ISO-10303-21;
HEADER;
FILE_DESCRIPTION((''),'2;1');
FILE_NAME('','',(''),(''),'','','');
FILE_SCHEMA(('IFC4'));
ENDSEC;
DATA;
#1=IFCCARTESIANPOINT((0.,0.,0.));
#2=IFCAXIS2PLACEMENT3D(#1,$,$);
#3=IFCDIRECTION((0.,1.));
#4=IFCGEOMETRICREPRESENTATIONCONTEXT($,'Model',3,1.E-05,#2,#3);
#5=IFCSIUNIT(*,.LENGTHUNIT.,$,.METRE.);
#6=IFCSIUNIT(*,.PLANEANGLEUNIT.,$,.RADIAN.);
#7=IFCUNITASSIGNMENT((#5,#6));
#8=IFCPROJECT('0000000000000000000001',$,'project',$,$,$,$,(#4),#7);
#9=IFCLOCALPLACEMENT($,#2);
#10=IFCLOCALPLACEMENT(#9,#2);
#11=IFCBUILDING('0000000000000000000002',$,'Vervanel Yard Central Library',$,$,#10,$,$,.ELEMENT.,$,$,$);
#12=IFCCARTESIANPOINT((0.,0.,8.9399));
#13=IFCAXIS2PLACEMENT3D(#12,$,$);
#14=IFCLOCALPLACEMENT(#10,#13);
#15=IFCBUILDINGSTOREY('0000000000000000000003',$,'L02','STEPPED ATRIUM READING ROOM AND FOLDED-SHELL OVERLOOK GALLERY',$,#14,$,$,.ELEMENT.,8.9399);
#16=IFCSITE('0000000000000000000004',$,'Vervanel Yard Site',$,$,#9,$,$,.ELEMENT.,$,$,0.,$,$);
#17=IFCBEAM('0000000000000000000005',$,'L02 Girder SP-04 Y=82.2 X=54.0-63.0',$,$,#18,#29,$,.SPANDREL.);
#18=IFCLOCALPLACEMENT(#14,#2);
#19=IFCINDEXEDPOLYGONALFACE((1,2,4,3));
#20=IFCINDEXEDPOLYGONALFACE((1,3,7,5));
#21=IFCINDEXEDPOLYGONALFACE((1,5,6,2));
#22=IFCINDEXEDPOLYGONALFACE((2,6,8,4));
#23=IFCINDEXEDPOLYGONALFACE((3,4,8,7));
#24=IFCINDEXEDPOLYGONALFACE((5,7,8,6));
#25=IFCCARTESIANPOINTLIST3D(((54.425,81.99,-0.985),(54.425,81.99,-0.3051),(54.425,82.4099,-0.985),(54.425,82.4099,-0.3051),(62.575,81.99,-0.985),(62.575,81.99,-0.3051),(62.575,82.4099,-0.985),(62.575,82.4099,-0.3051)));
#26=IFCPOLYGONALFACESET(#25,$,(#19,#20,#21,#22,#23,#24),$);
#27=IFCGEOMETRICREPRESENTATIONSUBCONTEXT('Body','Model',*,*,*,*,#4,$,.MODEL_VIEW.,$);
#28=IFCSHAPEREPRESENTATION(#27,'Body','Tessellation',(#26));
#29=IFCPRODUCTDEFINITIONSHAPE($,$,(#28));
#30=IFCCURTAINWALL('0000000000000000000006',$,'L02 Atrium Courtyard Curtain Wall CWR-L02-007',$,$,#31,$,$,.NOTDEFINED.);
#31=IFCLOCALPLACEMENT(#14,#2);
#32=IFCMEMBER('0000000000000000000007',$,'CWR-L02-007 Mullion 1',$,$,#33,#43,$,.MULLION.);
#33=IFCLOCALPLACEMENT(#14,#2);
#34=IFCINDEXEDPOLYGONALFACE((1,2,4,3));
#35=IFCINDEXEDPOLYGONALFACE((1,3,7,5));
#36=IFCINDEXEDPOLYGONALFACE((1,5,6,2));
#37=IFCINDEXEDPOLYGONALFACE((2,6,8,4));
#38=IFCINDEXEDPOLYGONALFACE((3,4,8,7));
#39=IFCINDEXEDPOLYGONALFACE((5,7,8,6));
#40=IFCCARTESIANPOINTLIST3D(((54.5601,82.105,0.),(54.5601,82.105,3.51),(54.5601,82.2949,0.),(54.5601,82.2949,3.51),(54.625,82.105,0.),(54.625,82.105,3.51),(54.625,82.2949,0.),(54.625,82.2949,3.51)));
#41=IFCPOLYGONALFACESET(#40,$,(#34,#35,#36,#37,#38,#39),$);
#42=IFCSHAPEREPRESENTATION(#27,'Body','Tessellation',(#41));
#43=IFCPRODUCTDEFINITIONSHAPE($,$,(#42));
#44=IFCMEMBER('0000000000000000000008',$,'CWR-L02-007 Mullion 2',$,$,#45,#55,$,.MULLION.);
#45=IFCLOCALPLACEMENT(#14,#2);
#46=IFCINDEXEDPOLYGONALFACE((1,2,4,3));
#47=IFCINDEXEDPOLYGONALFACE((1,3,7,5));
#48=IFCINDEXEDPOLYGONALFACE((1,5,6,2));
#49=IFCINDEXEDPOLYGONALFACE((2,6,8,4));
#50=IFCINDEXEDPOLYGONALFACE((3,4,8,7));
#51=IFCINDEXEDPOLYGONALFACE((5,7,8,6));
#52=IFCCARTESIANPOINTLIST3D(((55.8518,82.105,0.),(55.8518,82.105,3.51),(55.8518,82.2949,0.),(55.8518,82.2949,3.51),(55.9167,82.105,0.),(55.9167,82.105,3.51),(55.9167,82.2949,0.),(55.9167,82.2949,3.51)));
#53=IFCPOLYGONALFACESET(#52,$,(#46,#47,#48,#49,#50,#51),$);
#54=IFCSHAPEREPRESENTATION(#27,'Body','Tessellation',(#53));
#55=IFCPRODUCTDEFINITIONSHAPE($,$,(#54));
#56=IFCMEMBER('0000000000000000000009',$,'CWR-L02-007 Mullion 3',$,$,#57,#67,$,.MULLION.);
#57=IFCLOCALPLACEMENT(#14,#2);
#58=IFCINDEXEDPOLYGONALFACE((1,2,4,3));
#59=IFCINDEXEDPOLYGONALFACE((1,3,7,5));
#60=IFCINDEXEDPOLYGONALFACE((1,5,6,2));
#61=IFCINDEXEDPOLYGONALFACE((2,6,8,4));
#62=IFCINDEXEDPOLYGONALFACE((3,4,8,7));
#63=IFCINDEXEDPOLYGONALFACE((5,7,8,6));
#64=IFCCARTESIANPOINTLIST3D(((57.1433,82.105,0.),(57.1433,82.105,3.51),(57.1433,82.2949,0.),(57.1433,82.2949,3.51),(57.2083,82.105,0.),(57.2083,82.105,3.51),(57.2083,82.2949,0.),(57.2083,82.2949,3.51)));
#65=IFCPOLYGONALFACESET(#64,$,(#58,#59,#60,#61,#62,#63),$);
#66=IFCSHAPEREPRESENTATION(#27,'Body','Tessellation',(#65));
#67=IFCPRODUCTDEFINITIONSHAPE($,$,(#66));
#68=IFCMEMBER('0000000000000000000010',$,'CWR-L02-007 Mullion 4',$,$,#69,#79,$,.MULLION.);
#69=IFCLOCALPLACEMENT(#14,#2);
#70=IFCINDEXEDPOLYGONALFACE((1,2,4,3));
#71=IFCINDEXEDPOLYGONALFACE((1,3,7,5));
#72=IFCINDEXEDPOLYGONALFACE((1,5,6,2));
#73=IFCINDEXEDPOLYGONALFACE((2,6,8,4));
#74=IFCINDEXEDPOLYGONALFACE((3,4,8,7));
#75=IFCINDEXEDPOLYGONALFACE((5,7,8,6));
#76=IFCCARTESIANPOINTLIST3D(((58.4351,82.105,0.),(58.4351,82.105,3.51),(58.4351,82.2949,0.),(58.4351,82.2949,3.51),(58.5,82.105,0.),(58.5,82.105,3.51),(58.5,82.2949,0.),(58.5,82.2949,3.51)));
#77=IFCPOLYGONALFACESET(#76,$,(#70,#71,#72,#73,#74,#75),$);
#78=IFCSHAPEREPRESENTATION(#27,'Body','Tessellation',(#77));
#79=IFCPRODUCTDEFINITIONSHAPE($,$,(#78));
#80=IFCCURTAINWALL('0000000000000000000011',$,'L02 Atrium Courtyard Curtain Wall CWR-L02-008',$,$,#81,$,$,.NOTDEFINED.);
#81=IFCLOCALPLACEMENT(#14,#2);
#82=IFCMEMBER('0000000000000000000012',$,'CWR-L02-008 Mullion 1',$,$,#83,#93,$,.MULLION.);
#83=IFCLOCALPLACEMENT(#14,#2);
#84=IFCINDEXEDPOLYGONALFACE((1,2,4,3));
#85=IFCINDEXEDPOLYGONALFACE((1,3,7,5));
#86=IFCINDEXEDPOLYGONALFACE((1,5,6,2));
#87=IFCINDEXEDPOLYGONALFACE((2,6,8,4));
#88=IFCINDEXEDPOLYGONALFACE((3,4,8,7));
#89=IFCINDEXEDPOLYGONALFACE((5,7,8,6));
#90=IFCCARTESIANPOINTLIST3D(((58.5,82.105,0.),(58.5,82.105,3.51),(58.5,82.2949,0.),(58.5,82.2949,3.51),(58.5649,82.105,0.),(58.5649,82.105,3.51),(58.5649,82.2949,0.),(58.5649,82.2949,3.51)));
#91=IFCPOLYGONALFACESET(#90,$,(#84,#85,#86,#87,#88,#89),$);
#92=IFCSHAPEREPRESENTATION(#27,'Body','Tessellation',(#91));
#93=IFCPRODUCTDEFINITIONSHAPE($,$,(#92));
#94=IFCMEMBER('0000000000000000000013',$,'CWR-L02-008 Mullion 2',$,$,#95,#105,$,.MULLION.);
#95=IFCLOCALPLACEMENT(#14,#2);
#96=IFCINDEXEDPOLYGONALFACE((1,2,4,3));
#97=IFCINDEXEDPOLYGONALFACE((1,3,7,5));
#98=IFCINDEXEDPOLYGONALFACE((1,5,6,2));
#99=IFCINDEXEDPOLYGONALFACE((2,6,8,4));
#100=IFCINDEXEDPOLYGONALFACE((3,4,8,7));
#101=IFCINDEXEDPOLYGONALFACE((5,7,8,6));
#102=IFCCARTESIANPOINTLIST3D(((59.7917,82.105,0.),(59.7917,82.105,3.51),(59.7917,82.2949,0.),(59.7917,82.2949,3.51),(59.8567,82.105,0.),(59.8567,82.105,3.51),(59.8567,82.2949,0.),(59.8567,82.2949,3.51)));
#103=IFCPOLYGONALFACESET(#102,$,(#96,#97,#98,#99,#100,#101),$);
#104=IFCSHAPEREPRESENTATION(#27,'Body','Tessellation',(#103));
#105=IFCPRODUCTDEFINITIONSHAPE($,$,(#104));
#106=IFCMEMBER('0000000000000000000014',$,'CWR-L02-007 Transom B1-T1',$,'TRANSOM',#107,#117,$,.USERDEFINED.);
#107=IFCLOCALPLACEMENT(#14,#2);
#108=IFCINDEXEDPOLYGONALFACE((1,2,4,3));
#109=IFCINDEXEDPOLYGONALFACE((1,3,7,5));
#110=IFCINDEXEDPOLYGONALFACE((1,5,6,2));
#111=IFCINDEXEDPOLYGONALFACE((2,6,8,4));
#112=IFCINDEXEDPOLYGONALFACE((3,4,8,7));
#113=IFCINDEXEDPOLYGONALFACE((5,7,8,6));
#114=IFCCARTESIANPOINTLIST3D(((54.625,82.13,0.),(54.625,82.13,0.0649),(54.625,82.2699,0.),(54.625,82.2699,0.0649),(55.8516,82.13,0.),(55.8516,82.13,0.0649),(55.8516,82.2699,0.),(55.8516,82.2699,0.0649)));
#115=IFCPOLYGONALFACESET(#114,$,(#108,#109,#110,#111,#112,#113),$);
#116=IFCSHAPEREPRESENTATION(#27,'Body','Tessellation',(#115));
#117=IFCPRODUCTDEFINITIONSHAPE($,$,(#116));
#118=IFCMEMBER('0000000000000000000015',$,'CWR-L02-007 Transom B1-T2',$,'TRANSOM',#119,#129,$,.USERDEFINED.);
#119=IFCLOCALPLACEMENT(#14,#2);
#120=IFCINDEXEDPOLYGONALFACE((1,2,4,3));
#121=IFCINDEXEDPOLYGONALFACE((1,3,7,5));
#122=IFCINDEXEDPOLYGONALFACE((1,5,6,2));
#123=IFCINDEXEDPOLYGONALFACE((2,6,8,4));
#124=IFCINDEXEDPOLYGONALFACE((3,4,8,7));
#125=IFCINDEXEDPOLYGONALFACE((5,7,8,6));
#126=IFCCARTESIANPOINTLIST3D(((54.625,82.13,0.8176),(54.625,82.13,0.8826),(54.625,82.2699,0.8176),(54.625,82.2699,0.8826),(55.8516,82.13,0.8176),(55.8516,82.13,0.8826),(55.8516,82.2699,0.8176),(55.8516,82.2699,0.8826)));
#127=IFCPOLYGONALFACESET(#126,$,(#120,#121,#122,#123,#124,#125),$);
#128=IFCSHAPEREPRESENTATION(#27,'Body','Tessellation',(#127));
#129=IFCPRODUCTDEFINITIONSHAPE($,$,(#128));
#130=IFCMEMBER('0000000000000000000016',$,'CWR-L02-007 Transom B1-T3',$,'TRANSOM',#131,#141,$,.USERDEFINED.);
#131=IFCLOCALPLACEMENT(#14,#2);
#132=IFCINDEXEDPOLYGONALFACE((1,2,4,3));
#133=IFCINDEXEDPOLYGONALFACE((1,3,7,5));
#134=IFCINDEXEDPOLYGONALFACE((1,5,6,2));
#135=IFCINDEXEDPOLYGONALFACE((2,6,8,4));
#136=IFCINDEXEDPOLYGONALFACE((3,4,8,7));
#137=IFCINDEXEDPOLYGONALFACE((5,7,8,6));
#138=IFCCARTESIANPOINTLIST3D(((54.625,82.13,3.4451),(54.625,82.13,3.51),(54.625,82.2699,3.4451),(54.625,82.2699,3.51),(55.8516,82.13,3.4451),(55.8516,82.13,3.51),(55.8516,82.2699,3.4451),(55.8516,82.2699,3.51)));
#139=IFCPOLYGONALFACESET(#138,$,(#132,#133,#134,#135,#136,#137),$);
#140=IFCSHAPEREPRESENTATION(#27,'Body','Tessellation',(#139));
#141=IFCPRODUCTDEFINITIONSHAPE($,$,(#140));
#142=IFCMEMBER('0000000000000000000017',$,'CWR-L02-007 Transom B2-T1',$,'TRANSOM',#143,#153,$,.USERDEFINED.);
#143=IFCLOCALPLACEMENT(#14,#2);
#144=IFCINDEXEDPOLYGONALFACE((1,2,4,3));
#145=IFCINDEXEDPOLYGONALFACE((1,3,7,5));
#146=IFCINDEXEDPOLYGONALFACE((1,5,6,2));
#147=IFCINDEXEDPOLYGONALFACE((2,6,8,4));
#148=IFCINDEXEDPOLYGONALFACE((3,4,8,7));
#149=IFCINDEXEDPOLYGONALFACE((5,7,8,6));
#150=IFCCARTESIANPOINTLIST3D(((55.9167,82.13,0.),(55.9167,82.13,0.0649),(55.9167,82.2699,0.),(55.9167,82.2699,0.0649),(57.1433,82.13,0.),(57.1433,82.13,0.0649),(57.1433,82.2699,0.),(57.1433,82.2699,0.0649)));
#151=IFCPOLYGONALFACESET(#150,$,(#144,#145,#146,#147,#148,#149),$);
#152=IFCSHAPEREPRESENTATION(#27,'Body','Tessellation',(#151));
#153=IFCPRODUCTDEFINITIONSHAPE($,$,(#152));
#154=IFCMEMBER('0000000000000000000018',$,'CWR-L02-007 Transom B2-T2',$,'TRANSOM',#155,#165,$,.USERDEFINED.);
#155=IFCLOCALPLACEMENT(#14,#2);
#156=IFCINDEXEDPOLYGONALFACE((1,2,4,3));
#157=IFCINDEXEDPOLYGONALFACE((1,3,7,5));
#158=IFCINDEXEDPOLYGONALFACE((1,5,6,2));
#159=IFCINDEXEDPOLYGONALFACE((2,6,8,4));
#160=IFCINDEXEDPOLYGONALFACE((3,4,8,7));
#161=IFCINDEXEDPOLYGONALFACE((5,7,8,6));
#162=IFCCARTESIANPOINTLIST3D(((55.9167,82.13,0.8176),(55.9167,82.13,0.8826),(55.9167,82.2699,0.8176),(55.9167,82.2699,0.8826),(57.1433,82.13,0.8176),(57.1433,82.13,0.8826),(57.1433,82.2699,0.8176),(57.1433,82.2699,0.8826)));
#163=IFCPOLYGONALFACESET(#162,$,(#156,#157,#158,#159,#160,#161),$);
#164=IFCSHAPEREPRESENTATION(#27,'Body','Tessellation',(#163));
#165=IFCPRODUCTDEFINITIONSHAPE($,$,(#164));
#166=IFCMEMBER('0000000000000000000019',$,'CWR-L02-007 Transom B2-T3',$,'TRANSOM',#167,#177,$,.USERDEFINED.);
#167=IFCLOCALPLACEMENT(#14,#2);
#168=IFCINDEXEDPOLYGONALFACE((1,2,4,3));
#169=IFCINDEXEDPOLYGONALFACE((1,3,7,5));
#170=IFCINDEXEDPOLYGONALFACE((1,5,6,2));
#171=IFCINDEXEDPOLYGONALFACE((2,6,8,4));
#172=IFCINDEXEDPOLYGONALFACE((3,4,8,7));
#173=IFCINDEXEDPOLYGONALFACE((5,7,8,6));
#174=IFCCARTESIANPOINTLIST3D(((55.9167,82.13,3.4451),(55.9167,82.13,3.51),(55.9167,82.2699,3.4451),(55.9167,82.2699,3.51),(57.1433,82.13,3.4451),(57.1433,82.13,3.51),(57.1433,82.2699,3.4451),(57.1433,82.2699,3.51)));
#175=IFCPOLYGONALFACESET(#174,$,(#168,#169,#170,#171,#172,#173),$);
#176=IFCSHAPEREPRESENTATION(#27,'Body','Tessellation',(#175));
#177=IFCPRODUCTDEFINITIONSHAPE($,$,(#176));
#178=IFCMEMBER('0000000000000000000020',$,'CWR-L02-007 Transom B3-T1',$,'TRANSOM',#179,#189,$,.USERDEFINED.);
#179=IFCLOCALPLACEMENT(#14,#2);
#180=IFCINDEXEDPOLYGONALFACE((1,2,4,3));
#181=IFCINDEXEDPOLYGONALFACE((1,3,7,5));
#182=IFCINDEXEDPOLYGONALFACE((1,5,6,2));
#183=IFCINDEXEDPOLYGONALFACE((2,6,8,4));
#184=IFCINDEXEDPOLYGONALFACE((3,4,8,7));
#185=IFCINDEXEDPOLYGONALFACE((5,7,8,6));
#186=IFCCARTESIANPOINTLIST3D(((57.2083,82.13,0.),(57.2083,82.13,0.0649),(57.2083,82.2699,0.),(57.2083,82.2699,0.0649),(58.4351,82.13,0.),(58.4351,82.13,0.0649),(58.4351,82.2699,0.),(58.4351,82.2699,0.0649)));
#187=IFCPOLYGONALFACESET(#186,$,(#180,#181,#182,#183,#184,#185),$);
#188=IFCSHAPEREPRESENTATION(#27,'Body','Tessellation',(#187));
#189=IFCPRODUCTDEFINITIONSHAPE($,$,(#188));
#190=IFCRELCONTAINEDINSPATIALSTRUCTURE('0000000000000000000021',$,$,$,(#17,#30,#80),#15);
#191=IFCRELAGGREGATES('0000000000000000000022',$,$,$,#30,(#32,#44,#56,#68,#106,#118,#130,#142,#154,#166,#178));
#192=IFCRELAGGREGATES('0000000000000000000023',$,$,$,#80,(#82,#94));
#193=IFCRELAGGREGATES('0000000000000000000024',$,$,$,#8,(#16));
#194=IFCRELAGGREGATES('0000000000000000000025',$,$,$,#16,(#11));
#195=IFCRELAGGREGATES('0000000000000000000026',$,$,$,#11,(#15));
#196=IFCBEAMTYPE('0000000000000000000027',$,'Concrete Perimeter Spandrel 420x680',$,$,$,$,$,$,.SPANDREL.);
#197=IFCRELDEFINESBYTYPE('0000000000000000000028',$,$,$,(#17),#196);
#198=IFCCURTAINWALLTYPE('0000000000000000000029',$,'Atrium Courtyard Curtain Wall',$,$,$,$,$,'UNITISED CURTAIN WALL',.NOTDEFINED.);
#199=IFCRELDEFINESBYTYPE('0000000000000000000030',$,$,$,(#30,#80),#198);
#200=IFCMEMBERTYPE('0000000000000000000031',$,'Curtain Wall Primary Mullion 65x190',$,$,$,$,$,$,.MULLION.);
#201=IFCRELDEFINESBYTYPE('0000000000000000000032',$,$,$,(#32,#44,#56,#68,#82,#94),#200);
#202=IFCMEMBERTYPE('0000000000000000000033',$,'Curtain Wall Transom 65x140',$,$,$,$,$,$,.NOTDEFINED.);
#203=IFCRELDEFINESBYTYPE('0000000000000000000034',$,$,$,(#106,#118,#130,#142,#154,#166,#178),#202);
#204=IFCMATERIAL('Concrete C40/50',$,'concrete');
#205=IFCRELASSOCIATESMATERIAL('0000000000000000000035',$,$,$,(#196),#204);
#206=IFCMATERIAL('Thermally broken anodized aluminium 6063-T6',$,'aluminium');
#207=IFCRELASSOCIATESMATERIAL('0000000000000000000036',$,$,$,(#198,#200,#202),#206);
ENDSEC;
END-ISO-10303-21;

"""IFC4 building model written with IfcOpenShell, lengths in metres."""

from ifc_helpers import new_model, si_unit, direction, frame, origin, origin_2d, place, context, subcontext, project, spatial, rectangle, extrude, material, material_profile, profile_set, type_object, element, aggregate, save


model = new_model("IFC4")

# Units and contexts
model_context = context("Model", 3, precision=1e-05, world=origin(), true_north=direction((0.0, 1.0)))
body_context = subcontext(model_context, "Body", "Model", "MODEL_VIEW")
ifc_project = project(units=[si_unit("LENGTHUNIT", "METRE"), si_unit("PLANEANGLEUNIT", "RADIAN")], contexts=[model_context])

# Site, building, storey
site_placement = place(None, origin())
site = spatial("IfcSite", under=ifc_project, at=site_placement, Name="Vervanel Yard Site", CompositionType="ELEMENT", RefElevation=0.0)
building_placement = place(site_placement, origin())
building = spatial("IfcBuilding", under=site, at=building_placement, Name="Vervanel Yard Central Library", CompositionType="ELEMENT")
storey_placement = place(building_placement, frame((0.0, 0.0, 8.9399)))
storey = spatial("IfcBuildingStorey", under=building, at=storey_placement, Name="L02", Description="STEPPED ATRIUM READING ROOM AND FOLDED-SHELL OVERLOOK GALLERY", CompositionType="ELEMENT", Elevation=8.9399)

# Beam
ifc_material_1 = material(Name="Concrete C40/50", Category="concrete")
ifc_material_profile_1 = material_profile(ifc_material_1, rectangle(XDim=0.4199, YDim=0.6799, at=origin_2d()), Name="RC 420x680", Category="concrete")
ifc_profile_set_1 = profile_set([ifc_material_profile_1], Name="Concrete C40/50")
beam_type = type_object("IfcBeamType", Name="Concrete Perimeter Spandrel 420x680", PredefinedType="SPANDREL", material=ifc_profile_set_1)
beam_placement = place(storey_placement, frame((54.425, 82.2, -0.645), z_axis=(1.0, 0.0, 0.0), x_axis=(0.0, 1.0, 0.0)))
element("IfcBeam", 1, at=beam_placement, inside=storey, type_object=beam_type, Name="L02 Girder SP-04 Y=82.2 X=54.0-63.0", PredefinedType="SPANDREL", context=body_context, shape_type="SweptSolid", body=[
    extrude(rectangle(XDim=0.4199, YDim=0.6799, at=origin_2d()), origin(), (0.0, 0.0, 1.0), 8.1499),
])

# Curtain walls, members
ifc_material_2 = material(Name="Thermally broken anodized aluminium 6063-T6", Category="aluminium")
curtain_wall_type = type_object("IfcCurtainWallType", Name="Atrium Courtyard Curtain Wall", ElementType="UNITISED CURTAIN WALL", PredefinedType="NOTDEFINED", material=ifc_material_2)
curtain_wall_1_placement = place(storey_placement, origin())
curtain_wall_1 = element("IfcCurtainWall", 2, at=curtain_wall_1_placement, inside=storey, type_object=curtain_wall_type, Name="L02 Atrium Courtyard Curtain Wall CWR-L02-007", PredefinedType="NOTDEFINED")
ifc_material_profile_2 = material_profile(ifc_material_2, rectangle(XDim=0.0649, YDim=0.1899, at=origin_2d()), Name="ALU 65x190", Category="aluminium")
ifc_profile_set_2 = profile_set([ifc_material_profile_2], Name="Thermally broken anodized aluminium 6063-T6")
member_type_1 = type_object("IfcMemberType", Name="Curtain Wall Primary Mullion 65x190", PredefinedType="MULLION", material=ifc_profile_set_2)
member_1_placement = place(storey_placement, frame((54.5925, 82.2, 0.0), z_axis=(0.0, 0.0, 1.0), x_axis=(1.0, 0.0, 0.0)))
member_1 = element("IfcMember", 3, at=member_1_placement, type_object=member_type_1, Name="CWR-L02-007 Mullion 1", PredefinedType="MULLION", context=body_context, shape_type="SweptSolid", body=[
    extrude(rectangle(XDim=0.0649, YDim=0.1899, at=origin_2d()), origin(), (0.0, 0.0, 1.0), 3.51),
])
member_2_placement = place(storey_placement, frame((55.8843, 82.2, 0.0), z_axis=(0.0, 0.0, 1.0), x_axis=(1.0, 0.0, 0.0)))
member_2 = element("IfcMember", 4, at=member_2_placement, type_object=member_type_1, Name="CWR-L02-007 Mullion 2", PredefinedType="MULLION", context=body_context, shape_type="SweptSolid", body=[
    extrude(rectangle(XDim=0.0649, YDim=0.1899, at=origin_2d()), origin(), (0.0, 0.0, 1.0), 3.51),
])
member_3_placement = place(storey_placement, frame((57.1758, 82.2, 0.0), z_axis=(0.0, 0.0, 1.0), x_axis=(1.0, 0.0, 0.0)))
member_3 = element("IfcMember", 5, at=member_3_placement, type_object=member_type_1, Name="CWR-L02-007 Mullion 3", PredefinedType="MULLION", context=body_context, shape_type="SweptSolid", body=[
    extrude(rectangle(XDim=0.0649, YDim=0.1899, at=origin_2d()), origin(), (0.0, 0.0, 1.0), 3.51),
])
member_4_placement = place(storey_placement, frame((58.4675, 82.2, 0.0), z_axis=(0.0, 0.0, 1.0), x_axis=(1.0, 0.0, 0.0)))
member_4 = element("IfcMember", 6, at=member_4_placement, type_object=member_type_1, Name="CWR-L02-007 Mullion 4", PredefinedType="MULLION", context=body_context, shape_type="SweptSolid", body=[
    extrude(rectangle(XDim=0.0649, YDim=0.1899, at=origin_2d()), origin(), (0.0, 0.0, 1.0), 3.51),
])
curtain_wall_2_placement = place(storey_placement, origin())
curtain_wall_2 = element("IfcCurtainWall", 7, at=curtain_wall_2_placement, inside=storey, type_object=curtain_wall_type, Name="L02 Atrium Courtyard Curtain Wall CWR-L02-008", PredefinedType="NOTDEFINED")
member_5_placement = place(storey_placement, frame((58.5325, 82.2, 0.0), z_axis=(0.0, 0.0, 1.0), x_axis=(1.0, 0.0, 0.0)))
member_5 = element("IfcMember", 8, at=member_5_placement, type_object=member_type_1, Name="CWR-L02-008 Mullion 1", PredefinedType="MULLION", context=body_context, shape_type="SweptSolid", body=[
    extrude(rectangle(XDim=0.0649, YDim=0.1899, at=origin_2d()), origin(), (0.0, 0.0, 1.0), 3.51),
])
member_6_placement = place(storey_placement, frame((59.8242, 82.2, 0.0), z_axis=(0.0, 0.0, 1.0), x_axis=(1.0, 0.0, 0.0)))
member_6 = element("IfcMember", 9, at=member_6_placement, type_object=member_type_1, Name="CWR-L02-008 Mullion 2", PredefinedType="MULLION", context=body_context, shape_type="SweptSolid", body=[
    extrude(rectangle(XDim=0.0649, YDim=0.1899, at=origin_2d()), origin(), (0.0, 0.0, 1.0), 3.51),
])

# Members
ifc_material_profile_3 = material_profile(ifc_material_2, rectangle(XDim=0.0649, YDim=0.1399, at=origin_2d()), Name="ALU 65x140", Category="aluminium")
ifc_profile_set_3 = profile_set([ifc_material_profile_3], Name="Thermally broken anodized aluminium 6063-T6")
member_type_2 = type_object("IfcMemberType", Name="Curtain Wall Transom 65x140", PredefinedType="NOTDEFINED", material=ifc_profile_set_3)
member_7_placement = place(storey_placement, frame((54.625, 82.2, 0.0325), z_axis=(1.0, 0.0, 0.0), x_axis=(0.0, 0.0, 1.0)))
member_7 = element("IfcMember", 10, at=member_7_placement, type_object=member_type_2, Name="CWR-L02-007 Transom B1-T1", ObjectType="TRANSOM", PredefinedType="USERDEFINED", context=body_context, shape_type="SweptSolid", body=[
    extrude(rectangle(XDim=0.0649, YDim=0.1399, at=origin_2d()), origin(), (0.0, 0.0, 1.0), 1.2266),
])
member_8_placement = place(storey_placement, frame((54.625, 82.2, 0.8501), z_axis=(1.0, 0.0, 0.0), x_axis=(0.0, 0.0, 1.0)))
member_8 = element("IfcMember", 11, at=member_8_placement, type_object=member_type_2, Name="CWR-L02-007 Transom B1-T2", ObjectType="TRANSOM", PredefinedType="USERDEFINED", context=body_context, shape_type="SweptSolid", body=[
    extrude(rectangle(XDim=0.0649, YDim=0.1399, at=origin_2d()), origin(), (0.0, 0.0, 1.0), 1.2266),
])
member_9_placement = place(storey_placement, frame((54.625, 82.2, 3.4775), z_axis=(1.0, 0.0, 0.0), x_axis=(0.0, 0.0, 1.0)))
member_9 = element("IfcMember", 12, at=member_9_placement, type_object=member_type_2, Name="CWR-L02-007 Transom B1-T3", ObjectType="TRANSOM", PredefinedType="USERDEFINED", context=body_context, shape_type="SweptSolid", body=[
    extrude(rectangle(XDim=0.0649, YDim=0.1399, at=origin_2d()), origin(), (0.0, 0.0, 1.0), 1.2266),
])
member_10_placement = place(storey_placement, frame((55.9167, 82.2, 0.0325), z_axis=(1.0, 0.0, 0.0), x_axis=(0.0, 0.0, 1.0)))
member_10 = element("IfcMember", 13, at=member_10_placement, type_object=member_type_2, Name="CWR-L02-007 Transom B2-T1", ObjectType="TRANSOM", PredefinedType="USERDEFINED", context=body_context, shape_type="SweptSolid", body=[
    extrude(rectangle(XDim=0.0649, YDim=0.1399, at=origin_2d()), origin(), (0.0, 0.0, 1.0), 1.2266),
])
member_11_placement = place(storey_placement, frame((55.9167, 82.2, 0.8501), z_axis=(1.0, 0.0, 0.0), x_axis=(0.0, 0.0, 1.0)))
member_11 = element("IfcMember", 14, at=member_11_placement, type_object=member_type_2, Name="CWR-L02-007 Transom B2-T2", ObjectType="TRANSOM", PredefinedType="USERDEFINED", context=body_context, shape_type="SweptSolid", body=[
    extrude(rectangle(XDim=0.0649, YDim=0.1399, at=origin_2d()), origin(), (0.0, 0.0, 1.0), 1.2266),
])
member_12_placement = place(storey_placement, frame((55.9167, 82.2, 3.4775), z_axis=(1.0, 0.0, 0.0), x_axis=(0.0, 0.0, 1.0)))
member_12 = element("IfcMember", 15, at=member_12_placement, type_object=member_type_2, Name="CWR-L02-007 Transom B2-T3", ObjectType="TRANSOM", PredefinedType="USERDEFINED", context=body_context, shape_type="SweptSolid", body=[
    extrude(rectangle(XDim=0.0649, YDim=0.1399, at=origin_2d()), origin(), (0.0, 0.0, 1.0), 1.2266),
])
member_13_placement = place(storey_placement, frame((57.2083, 82.2, 0.0325), z_axis=(1.0, 0.0, 0.0), x_axis=(0.0, 0.0, 1.0)))
member_13 = element("IfcMember", 16, at=member_13_placement, type_object=member_type_2, Name="CWR-L02-007 Transom B3-T1", ObjectType="TRANSOM", PredefinedType="USERDEFINED", context=body_context, shape_type="SweptSolid", body=[
    extrude(rectangle(XDim=0.0649, YDim=0.1399, at=origin_2d()), origin(), (0.0, 0.0, 1.0), 1.2268),
])

aggregate(curtain_wall_1, [member_1, member_2, member_3, member_4, member_7, member_8, member_9, member_10, member_11, member_12, member_13])
aggregate(curtain_wall_2, [member_5, member_6])

save(model, "model.ifc")
